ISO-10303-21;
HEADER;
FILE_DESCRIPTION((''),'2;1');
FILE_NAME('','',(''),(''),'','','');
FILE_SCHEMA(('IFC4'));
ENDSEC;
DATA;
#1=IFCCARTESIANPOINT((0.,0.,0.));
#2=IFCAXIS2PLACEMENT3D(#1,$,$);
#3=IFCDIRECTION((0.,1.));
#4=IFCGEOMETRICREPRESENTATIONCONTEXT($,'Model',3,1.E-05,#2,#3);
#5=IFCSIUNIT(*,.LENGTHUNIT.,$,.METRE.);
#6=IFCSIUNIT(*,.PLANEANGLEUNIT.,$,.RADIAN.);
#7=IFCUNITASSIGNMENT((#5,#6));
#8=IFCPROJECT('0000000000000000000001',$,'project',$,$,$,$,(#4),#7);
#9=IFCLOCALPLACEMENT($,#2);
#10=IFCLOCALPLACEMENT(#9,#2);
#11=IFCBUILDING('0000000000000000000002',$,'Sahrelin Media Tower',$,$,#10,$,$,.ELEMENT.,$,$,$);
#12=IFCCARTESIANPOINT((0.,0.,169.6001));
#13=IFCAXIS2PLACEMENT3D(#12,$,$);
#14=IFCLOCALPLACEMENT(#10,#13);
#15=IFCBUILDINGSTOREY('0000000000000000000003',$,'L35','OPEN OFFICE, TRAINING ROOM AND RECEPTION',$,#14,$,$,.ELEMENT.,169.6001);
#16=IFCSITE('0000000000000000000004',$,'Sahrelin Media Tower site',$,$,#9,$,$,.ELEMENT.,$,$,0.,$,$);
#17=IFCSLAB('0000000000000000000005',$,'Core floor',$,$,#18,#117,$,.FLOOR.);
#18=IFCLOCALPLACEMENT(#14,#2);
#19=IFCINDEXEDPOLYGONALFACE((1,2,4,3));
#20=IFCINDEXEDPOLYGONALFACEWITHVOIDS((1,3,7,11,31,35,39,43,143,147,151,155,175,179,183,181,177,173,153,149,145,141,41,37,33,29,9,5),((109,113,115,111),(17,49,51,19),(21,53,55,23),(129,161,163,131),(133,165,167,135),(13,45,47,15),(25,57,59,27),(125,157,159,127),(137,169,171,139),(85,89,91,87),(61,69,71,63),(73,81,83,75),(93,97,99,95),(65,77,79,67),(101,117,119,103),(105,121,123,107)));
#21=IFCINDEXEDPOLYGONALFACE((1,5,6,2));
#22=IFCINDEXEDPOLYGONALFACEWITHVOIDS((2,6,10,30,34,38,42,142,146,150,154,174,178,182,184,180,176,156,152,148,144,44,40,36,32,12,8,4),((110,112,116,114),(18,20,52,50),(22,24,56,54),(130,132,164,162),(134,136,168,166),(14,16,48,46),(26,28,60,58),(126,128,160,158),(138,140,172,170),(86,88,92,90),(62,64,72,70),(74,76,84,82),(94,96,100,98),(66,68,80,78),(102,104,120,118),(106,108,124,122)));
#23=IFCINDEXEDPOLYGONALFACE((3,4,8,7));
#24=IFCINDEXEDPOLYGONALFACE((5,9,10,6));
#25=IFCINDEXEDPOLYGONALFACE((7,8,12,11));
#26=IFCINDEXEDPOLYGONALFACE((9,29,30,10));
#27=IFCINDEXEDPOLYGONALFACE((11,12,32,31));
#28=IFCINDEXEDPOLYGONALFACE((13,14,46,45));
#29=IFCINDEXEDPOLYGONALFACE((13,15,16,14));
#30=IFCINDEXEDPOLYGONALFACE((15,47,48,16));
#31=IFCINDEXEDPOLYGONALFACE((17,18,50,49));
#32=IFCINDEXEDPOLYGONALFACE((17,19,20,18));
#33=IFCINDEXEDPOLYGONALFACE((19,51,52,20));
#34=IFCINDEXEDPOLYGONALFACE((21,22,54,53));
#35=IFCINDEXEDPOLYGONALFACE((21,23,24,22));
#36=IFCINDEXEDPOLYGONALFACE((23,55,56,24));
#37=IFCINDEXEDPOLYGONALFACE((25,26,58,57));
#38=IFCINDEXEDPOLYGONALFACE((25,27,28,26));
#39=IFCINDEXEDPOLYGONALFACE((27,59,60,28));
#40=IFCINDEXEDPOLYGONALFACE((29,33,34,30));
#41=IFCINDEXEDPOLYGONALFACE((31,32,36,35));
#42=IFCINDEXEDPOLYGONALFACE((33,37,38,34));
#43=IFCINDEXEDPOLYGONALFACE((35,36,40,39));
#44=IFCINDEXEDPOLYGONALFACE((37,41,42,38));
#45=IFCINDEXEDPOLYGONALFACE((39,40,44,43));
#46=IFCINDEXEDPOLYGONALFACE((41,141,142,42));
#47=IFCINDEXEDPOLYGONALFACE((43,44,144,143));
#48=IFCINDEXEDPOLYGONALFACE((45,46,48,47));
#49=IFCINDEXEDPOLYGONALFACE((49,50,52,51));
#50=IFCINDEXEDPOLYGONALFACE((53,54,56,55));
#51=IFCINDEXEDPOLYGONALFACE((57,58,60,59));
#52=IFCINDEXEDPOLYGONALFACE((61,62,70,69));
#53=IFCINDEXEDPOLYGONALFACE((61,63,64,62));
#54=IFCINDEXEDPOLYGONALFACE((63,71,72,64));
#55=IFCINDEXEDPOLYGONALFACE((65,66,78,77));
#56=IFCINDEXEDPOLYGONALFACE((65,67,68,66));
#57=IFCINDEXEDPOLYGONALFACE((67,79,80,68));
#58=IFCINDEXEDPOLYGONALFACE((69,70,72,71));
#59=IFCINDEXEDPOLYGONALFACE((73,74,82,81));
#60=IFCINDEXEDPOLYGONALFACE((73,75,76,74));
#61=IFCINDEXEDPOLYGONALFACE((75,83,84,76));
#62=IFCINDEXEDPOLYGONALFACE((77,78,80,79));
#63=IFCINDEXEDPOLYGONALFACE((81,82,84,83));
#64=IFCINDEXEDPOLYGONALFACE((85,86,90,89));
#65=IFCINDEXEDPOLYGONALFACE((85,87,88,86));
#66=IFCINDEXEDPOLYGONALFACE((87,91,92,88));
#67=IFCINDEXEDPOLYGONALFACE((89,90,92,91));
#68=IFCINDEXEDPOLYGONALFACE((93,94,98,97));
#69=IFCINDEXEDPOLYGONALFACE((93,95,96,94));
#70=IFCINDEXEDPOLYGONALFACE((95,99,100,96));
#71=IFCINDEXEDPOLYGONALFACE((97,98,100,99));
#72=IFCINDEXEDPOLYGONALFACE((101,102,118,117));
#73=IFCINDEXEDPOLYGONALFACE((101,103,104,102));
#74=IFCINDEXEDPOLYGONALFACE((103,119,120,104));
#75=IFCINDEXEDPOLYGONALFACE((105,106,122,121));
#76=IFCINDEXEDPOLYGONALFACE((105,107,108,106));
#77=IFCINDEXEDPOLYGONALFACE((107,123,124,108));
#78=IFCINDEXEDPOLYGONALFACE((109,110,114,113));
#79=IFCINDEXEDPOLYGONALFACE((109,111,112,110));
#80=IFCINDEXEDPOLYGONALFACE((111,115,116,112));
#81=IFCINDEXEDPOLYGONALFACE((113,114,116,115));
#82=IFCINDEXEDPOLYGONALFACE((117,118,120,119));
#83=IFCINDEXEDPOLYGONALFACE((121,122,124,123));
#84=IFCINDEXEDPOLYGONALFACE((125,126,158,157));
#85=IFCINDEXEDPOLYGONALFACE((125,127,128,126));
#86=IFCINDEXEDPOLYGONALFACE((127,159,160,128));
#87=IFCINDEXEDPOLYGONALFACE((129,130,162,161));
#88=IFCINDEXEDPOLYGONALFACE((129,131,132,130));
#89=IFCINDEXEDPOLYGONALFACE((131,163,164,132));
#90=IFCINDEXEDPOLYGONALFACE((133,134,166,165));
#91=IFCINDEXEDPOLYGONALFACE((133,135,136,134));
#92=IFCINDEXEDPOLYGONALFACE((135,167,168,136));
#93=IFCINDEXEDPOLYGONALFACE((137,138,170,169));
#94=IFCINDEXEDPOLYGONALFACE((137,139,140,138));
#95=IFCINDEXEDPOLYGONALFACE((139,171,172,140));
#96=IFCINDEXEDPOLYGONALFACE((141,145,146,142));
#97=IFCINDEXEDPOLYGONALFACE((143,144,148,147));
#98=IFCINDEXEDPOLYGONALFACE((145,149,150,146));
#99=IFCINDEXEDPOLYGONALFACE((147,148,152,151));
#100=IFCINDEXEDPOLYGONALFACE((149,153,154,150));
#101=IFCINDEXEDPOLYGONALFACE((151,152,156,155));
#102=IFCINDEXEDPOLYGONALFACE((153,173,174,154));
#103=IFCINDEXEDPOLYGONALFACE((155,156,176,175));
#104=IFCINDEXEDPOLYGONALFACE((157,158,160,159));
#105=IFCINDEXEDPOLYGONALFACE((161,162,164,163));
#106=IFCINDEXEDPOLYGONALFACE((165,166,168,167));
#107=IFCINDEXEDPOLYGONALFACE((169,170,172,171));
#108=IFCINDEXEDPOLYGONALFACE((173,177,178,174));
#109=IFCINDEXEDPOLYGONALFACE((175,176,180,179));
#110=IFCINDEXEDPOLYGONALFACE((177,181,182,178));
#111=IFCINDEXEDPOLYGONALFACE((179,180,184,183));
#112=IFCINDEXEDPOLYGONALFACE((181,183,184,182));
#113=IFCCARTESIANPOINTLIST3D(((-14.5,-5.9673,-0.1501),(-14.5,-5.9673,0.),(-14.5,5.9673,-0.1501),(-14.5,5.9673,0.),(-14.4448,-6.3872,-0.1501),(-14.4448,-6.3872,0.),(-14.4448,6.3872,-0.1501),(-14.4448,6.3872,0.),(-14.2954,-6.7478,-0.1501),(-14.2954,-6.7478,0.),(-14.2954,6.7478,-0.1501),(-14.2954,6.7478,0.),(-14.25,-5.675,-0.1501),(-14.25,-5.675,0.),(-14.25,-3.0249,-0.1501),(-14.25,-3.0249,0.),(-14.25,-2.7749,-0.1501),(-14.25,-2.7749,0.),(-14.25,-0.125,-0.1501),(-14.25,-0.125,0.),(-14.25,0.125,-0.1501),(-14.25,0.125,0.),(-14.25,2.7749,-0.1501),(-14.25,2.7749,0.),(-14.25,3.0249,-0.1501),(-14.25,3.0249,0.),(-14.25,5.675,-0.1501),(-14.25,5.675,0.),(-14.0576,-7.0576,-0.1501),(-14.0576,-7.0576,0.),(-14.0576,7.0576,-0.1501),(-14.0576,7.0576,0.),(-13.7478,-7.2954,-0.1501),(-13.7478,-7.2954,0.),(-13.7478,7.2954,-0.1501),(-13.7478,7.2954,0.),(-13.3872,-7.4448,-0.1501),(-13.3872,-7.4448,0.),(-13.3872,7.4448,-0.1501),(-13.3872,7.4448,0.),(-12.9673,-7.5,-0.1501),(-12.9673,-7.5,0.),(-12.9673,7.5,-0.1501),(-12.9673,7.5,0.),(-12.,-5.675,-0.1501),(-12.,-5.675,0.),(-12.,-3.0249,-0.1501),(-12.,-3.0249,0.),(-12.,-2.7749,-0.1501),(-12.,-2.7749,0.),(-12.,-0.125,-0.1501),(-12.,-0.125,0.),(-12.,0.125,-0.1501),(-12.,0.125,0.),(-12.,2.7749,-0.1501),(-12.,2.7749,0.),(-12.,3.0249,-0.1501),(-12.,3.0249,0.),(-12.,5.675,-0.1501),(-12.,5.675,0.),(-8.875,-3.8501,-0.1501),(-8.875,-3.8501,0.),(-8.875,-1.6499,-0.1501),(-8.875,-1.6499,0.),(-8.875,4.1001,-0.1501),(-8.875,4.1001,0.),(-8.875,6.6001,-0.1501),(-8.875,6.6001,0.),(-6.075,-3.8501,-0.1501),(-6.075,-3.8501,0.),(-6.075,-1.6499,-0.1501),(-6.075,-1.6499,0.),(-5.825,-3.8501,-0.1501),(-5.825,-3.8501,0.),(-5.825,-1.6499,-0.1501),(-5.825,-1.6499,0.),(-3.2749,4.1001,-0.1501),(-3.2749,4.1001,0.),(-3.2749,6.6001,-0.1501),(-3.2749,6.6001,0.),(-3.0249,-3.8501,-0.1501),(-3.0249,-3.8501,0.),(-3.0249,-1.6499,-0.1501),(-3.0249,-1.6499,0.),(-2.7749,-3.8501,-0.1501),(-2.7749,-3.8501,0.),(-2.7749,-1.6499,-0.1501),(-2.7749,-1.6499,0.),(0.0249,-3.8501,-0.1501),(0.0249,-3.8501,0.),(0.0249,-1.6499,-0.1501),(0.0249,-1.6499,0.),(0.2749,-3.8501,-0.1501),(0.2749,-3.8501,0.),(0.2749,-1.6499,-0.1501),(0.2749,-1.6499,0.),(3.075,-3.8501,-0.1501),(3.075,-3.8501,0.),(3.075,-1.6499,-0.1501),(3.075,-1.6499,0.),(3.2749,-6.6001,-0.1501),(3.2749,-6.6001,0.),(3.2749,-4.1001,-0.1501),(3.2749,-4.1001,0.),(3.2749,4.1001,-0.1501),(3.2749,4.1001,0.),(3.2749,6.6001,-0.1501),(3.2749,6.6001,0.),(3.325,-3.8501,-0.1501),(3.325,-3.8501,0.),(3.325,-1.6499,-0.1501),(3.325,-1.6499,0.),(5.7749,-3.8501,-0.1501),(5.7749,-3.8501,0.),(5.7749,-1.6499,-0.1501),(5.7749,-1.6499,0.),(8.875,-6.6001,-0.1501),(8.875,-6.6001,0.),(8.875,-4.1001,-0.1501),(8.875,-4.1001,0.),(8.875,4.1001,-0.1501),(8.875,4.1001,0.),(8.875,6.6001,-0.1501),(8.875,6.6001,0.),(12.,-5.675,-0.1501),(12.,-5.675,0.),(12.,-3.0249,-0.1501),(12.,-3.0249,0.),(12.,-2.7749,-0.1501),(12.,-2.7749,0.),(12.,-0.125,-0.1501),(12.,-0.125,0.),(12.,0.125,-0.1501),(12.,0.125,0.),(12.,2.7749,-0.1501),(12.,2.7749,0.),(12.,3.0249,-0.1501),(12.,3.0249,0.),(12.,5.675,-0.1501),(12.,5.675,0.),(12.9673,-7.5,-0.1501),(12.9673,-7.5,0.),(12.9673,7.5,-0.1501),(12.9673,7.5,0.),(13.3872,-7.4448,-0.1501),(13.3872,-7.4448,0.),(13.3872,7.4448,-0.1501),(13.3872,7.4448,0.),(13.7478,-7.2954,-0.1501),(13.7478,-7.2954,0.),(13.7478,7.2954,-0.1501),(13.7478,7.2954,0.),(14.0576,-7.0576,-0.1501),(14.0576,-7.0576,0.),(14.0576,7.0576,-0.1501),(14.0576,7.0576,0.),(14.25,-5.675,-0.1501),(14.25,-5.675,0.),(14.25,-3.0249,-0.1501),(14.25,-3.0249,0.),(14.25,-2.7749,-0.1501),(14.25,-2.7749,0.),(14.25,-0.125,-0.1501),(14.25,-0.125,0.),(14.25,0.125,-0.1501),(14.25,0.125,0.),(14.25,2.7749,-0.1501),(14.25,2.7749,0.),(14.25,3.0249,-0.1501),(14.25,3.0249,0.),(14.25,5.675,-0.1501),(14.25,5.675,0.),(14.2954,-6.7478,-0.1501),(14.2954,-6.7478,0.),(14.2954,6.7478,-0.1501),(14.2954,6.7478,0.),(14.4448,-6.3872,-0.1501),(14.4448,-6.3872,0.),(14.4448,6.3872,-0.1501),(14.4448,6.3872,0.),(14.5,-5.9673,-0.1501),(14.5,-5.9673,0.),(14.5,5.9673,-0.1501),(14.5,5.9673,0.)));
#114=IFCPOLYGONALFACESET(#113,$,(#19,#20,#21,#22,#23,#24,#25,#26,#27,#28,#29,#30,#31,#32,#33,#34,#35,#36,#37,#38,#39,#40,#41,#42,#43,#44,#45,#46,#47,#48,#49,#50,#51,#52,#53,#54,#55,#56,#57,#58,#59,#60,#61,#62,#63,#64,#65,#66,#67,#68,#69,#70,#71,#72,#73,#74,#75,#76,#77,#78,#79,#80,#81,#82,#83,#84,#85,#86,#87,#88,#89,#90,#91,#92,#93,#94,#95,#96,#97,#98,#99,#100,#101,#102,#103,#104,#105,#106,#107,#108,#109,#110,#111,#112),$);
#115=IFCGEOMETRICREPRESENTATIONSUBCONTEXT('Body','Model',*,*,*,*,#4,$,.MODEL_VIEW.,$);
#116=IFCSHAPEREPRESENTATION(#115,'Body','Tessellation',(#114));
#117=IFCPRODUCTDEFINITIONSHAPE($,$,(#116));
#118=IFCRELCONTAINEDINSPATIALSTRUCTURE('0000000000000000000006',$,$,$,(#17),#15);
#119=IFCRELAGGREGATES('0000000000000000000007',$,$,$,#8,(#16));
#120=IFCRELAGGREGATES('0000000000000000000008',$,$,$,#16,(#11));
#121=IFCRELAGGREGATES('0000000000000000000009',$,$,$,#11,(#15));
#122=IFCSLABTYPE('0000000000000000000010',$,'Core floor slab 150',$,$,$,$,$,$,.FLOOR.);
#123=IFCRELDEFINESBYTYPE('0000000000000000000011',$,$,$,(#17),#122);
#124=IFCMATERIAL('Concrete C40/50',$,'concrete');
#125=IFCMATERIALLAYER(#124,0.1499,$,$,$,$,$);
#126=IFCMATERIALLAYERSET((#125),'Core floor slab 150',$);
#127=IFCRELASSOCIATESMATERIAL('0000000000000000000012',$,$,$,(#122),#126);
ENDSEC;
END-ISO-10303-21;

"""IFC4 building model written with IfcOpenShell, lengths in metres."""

from ifc_helpers import new_model, si_unit, direction, frame, origin, place, context, subcontext, project, spatial, polyline, outline, extrude, material, layer, layer_set, type_object, element, save


model = new_model("IFC4")

# Units and contexts
model_context = context("Model", 3, precision=1e-05, world=origin(), true_north=direction((0.0, 1.0)))
body_context = subcontext(model_context, "Body", "Model", "MODEL_VIEW")
ifc_project = project(units=[si_unit("LENGTHUNIT", "METRE"), si_unit("PLANEANGLEUNIT", "RADIAN")], contexts=[model_context])

# Site, building, storey
site_placement = place(None, origin())
site = spatial("IfcSite", under=ifc_project, at=site_placement, Name="Sahrelin Media Tower site", CompositionType="ELEMENT", RefElevation=0.0)
building_placement = place(site_placement, origin())
building = spatial("IfcBuilding", under=site, at=building_placement, Name="Sahrelin Media Tower", CompositionType="ELEMENT")
storey_placement = place(building_placement, frame((0.0, 0.0, 169.6001)))
storey = spatial("IfcBuildingStorey", under=building, at=storey_placement, Name="L35", Description="OPEN OFFICE, TRAINING ROOM AND RECEPTION", CompositionType="ELEMENT", Elevation=169.6001)

# Slab
ifc_material_1 = material(Name="Concrete C40/50", Category="concrete")
ifc_layer_1 = layer(ifc_material_1, 0.1499)
ifc_layer_set_1 = layer_set([ifc_layer_1], Name="Core floor slab 150")
slab_type = type_object("IfcSlabType", Name="Core floor slab 150", PredefinedType="FLOOR", material=ifc_layer_set_1)
slab_placement = place(storey_placement, frame((0.0, 0.0, -0.1501)))
element("IfcSlab", 1, at=slab_placement, inside=storey, type_object=slab_type, Name="Core floor", PredefinedType="FLOOR", context=body_context, shape_type="SweptSolid", body=[
    extrude(outline(polyline([(-14.4448, 6.3872), (-14.5, 5.9673), (-14.5, -5.9673), (-14.4448, -6.3872), (-14.2954, -6.7478), (-14.0576, -7.0576), (-13.7478, -7.2954), (-13.3872, -7.4448), (-12.9673, -7.5), (12.9673, -7.5), (13.3872, -7.4448), (13.7478, -7.2954), (14.0576, -7.0576), (14.2954, -6.7478), (14.4448, -6.3872), (14.5, -5.9673), (14.5, 5.9673), (14.4448, 6.3872), (14.2954, 6.7478), (14.0576, 7.0576), (13.7478, 7.2954), (13.3872, 7.4448), (12.9673, 7.5), (-12.9673, 7.5), (-13.3872, 7.4448), (-13.7478, 7.2954), (-14.0576, 7.0576), (-14.2954, 6.7478), (-14.4448, 6.3872)]), holes=[polyline([(-12.0, 3.0249), (-12.0, 5.675), (-14.25, 5.675), (-14.25, 3.0249), (-12.0, 3.0249)]), polyline([(-14.25, 0.125), (-12.0, 0.125), (-12.0, 2.7749), (-14.25, 2.7749), (-14.25, 0.125)]), polyline([(-14.25, -0.125), (-14.25, -2.7749), (-12.0, -2.7749), (-12.0, -0.125), (-14.25, -0.125)]), polyline([(-12.0, -3.0249), (-14.25, -3.0249), (-14.25, -5.675), (-12.0, -5.675), (-12.0, -3.0249)]), polyline([(14.25, 3.0249), (14.25, 5.675), (12.0, 5.675), (12.0, 3.0249), (14.25, 3.0249)]), polyline([(12.0, 0.125), (14.25, 0.125), (14.25, 2.7749), (12.0, 2.7749), (12.0, 0.125)]), polyline([(12.0, -0.125), (12.0, -2.7749), (14.25, -2.7749), (14.25, -0.125), (12.0, -0.125)]), polyline([(14.25, -3.0249), (12.0, -3.0249), (12.0, -5.675), (14.25, -5.675), (14.25, -3.0249)]), polyline([(-6.075, -3.8501), (-6.075, -1.6499), (-8.875, -1.6499), (-8.875, -3.8501), (-6.075, -3.8501)]), polyline([(-5.825, -3.8501), (-3.0249, -3.8501), (-3.0249, -1.6499), (-5.825, -1.6499), (-5.825, -3.8501)]), polyline([(-2.7749, -1.6499), (-2.7749, -3.8501), (0.0249, -3.8501), (0.0249, -1.6499), (-2.7749, -1.6499)]), polyline([(3.075, -1.6499), (0.2749, -1.6499), (0.2749, -3.8501), (3.075, -3.8501), (3.075, -1.6499)]), polyline([(5.7749, -3.8501), (5.7749, -1.6499), (3.325, -1.6499), (3.325, -3.8501), (5.7749, -3.8501)]), polyline([(-8.875, 6.6001), (-8.875, 4.1001), (-3.2749, 4.1001), (-3.2749, 6.6001), (-8.875, 6.6001)]), polyline([(3.2749, 4.1001), (8.875, 4.1001), (8.875, 6.6001), (3.2749, 6.6001), (3.2749, 4.1001)]), polyline([(3.2749, -4.1001), (3.2749, -6.6001), (8.875, -6.6001), (8.875, -4.1001), (3.2749, -4.1001)])]), origin(), (0.0, 0.0, 1.0), 0.1501),
])

save(model, "model.ifc")
